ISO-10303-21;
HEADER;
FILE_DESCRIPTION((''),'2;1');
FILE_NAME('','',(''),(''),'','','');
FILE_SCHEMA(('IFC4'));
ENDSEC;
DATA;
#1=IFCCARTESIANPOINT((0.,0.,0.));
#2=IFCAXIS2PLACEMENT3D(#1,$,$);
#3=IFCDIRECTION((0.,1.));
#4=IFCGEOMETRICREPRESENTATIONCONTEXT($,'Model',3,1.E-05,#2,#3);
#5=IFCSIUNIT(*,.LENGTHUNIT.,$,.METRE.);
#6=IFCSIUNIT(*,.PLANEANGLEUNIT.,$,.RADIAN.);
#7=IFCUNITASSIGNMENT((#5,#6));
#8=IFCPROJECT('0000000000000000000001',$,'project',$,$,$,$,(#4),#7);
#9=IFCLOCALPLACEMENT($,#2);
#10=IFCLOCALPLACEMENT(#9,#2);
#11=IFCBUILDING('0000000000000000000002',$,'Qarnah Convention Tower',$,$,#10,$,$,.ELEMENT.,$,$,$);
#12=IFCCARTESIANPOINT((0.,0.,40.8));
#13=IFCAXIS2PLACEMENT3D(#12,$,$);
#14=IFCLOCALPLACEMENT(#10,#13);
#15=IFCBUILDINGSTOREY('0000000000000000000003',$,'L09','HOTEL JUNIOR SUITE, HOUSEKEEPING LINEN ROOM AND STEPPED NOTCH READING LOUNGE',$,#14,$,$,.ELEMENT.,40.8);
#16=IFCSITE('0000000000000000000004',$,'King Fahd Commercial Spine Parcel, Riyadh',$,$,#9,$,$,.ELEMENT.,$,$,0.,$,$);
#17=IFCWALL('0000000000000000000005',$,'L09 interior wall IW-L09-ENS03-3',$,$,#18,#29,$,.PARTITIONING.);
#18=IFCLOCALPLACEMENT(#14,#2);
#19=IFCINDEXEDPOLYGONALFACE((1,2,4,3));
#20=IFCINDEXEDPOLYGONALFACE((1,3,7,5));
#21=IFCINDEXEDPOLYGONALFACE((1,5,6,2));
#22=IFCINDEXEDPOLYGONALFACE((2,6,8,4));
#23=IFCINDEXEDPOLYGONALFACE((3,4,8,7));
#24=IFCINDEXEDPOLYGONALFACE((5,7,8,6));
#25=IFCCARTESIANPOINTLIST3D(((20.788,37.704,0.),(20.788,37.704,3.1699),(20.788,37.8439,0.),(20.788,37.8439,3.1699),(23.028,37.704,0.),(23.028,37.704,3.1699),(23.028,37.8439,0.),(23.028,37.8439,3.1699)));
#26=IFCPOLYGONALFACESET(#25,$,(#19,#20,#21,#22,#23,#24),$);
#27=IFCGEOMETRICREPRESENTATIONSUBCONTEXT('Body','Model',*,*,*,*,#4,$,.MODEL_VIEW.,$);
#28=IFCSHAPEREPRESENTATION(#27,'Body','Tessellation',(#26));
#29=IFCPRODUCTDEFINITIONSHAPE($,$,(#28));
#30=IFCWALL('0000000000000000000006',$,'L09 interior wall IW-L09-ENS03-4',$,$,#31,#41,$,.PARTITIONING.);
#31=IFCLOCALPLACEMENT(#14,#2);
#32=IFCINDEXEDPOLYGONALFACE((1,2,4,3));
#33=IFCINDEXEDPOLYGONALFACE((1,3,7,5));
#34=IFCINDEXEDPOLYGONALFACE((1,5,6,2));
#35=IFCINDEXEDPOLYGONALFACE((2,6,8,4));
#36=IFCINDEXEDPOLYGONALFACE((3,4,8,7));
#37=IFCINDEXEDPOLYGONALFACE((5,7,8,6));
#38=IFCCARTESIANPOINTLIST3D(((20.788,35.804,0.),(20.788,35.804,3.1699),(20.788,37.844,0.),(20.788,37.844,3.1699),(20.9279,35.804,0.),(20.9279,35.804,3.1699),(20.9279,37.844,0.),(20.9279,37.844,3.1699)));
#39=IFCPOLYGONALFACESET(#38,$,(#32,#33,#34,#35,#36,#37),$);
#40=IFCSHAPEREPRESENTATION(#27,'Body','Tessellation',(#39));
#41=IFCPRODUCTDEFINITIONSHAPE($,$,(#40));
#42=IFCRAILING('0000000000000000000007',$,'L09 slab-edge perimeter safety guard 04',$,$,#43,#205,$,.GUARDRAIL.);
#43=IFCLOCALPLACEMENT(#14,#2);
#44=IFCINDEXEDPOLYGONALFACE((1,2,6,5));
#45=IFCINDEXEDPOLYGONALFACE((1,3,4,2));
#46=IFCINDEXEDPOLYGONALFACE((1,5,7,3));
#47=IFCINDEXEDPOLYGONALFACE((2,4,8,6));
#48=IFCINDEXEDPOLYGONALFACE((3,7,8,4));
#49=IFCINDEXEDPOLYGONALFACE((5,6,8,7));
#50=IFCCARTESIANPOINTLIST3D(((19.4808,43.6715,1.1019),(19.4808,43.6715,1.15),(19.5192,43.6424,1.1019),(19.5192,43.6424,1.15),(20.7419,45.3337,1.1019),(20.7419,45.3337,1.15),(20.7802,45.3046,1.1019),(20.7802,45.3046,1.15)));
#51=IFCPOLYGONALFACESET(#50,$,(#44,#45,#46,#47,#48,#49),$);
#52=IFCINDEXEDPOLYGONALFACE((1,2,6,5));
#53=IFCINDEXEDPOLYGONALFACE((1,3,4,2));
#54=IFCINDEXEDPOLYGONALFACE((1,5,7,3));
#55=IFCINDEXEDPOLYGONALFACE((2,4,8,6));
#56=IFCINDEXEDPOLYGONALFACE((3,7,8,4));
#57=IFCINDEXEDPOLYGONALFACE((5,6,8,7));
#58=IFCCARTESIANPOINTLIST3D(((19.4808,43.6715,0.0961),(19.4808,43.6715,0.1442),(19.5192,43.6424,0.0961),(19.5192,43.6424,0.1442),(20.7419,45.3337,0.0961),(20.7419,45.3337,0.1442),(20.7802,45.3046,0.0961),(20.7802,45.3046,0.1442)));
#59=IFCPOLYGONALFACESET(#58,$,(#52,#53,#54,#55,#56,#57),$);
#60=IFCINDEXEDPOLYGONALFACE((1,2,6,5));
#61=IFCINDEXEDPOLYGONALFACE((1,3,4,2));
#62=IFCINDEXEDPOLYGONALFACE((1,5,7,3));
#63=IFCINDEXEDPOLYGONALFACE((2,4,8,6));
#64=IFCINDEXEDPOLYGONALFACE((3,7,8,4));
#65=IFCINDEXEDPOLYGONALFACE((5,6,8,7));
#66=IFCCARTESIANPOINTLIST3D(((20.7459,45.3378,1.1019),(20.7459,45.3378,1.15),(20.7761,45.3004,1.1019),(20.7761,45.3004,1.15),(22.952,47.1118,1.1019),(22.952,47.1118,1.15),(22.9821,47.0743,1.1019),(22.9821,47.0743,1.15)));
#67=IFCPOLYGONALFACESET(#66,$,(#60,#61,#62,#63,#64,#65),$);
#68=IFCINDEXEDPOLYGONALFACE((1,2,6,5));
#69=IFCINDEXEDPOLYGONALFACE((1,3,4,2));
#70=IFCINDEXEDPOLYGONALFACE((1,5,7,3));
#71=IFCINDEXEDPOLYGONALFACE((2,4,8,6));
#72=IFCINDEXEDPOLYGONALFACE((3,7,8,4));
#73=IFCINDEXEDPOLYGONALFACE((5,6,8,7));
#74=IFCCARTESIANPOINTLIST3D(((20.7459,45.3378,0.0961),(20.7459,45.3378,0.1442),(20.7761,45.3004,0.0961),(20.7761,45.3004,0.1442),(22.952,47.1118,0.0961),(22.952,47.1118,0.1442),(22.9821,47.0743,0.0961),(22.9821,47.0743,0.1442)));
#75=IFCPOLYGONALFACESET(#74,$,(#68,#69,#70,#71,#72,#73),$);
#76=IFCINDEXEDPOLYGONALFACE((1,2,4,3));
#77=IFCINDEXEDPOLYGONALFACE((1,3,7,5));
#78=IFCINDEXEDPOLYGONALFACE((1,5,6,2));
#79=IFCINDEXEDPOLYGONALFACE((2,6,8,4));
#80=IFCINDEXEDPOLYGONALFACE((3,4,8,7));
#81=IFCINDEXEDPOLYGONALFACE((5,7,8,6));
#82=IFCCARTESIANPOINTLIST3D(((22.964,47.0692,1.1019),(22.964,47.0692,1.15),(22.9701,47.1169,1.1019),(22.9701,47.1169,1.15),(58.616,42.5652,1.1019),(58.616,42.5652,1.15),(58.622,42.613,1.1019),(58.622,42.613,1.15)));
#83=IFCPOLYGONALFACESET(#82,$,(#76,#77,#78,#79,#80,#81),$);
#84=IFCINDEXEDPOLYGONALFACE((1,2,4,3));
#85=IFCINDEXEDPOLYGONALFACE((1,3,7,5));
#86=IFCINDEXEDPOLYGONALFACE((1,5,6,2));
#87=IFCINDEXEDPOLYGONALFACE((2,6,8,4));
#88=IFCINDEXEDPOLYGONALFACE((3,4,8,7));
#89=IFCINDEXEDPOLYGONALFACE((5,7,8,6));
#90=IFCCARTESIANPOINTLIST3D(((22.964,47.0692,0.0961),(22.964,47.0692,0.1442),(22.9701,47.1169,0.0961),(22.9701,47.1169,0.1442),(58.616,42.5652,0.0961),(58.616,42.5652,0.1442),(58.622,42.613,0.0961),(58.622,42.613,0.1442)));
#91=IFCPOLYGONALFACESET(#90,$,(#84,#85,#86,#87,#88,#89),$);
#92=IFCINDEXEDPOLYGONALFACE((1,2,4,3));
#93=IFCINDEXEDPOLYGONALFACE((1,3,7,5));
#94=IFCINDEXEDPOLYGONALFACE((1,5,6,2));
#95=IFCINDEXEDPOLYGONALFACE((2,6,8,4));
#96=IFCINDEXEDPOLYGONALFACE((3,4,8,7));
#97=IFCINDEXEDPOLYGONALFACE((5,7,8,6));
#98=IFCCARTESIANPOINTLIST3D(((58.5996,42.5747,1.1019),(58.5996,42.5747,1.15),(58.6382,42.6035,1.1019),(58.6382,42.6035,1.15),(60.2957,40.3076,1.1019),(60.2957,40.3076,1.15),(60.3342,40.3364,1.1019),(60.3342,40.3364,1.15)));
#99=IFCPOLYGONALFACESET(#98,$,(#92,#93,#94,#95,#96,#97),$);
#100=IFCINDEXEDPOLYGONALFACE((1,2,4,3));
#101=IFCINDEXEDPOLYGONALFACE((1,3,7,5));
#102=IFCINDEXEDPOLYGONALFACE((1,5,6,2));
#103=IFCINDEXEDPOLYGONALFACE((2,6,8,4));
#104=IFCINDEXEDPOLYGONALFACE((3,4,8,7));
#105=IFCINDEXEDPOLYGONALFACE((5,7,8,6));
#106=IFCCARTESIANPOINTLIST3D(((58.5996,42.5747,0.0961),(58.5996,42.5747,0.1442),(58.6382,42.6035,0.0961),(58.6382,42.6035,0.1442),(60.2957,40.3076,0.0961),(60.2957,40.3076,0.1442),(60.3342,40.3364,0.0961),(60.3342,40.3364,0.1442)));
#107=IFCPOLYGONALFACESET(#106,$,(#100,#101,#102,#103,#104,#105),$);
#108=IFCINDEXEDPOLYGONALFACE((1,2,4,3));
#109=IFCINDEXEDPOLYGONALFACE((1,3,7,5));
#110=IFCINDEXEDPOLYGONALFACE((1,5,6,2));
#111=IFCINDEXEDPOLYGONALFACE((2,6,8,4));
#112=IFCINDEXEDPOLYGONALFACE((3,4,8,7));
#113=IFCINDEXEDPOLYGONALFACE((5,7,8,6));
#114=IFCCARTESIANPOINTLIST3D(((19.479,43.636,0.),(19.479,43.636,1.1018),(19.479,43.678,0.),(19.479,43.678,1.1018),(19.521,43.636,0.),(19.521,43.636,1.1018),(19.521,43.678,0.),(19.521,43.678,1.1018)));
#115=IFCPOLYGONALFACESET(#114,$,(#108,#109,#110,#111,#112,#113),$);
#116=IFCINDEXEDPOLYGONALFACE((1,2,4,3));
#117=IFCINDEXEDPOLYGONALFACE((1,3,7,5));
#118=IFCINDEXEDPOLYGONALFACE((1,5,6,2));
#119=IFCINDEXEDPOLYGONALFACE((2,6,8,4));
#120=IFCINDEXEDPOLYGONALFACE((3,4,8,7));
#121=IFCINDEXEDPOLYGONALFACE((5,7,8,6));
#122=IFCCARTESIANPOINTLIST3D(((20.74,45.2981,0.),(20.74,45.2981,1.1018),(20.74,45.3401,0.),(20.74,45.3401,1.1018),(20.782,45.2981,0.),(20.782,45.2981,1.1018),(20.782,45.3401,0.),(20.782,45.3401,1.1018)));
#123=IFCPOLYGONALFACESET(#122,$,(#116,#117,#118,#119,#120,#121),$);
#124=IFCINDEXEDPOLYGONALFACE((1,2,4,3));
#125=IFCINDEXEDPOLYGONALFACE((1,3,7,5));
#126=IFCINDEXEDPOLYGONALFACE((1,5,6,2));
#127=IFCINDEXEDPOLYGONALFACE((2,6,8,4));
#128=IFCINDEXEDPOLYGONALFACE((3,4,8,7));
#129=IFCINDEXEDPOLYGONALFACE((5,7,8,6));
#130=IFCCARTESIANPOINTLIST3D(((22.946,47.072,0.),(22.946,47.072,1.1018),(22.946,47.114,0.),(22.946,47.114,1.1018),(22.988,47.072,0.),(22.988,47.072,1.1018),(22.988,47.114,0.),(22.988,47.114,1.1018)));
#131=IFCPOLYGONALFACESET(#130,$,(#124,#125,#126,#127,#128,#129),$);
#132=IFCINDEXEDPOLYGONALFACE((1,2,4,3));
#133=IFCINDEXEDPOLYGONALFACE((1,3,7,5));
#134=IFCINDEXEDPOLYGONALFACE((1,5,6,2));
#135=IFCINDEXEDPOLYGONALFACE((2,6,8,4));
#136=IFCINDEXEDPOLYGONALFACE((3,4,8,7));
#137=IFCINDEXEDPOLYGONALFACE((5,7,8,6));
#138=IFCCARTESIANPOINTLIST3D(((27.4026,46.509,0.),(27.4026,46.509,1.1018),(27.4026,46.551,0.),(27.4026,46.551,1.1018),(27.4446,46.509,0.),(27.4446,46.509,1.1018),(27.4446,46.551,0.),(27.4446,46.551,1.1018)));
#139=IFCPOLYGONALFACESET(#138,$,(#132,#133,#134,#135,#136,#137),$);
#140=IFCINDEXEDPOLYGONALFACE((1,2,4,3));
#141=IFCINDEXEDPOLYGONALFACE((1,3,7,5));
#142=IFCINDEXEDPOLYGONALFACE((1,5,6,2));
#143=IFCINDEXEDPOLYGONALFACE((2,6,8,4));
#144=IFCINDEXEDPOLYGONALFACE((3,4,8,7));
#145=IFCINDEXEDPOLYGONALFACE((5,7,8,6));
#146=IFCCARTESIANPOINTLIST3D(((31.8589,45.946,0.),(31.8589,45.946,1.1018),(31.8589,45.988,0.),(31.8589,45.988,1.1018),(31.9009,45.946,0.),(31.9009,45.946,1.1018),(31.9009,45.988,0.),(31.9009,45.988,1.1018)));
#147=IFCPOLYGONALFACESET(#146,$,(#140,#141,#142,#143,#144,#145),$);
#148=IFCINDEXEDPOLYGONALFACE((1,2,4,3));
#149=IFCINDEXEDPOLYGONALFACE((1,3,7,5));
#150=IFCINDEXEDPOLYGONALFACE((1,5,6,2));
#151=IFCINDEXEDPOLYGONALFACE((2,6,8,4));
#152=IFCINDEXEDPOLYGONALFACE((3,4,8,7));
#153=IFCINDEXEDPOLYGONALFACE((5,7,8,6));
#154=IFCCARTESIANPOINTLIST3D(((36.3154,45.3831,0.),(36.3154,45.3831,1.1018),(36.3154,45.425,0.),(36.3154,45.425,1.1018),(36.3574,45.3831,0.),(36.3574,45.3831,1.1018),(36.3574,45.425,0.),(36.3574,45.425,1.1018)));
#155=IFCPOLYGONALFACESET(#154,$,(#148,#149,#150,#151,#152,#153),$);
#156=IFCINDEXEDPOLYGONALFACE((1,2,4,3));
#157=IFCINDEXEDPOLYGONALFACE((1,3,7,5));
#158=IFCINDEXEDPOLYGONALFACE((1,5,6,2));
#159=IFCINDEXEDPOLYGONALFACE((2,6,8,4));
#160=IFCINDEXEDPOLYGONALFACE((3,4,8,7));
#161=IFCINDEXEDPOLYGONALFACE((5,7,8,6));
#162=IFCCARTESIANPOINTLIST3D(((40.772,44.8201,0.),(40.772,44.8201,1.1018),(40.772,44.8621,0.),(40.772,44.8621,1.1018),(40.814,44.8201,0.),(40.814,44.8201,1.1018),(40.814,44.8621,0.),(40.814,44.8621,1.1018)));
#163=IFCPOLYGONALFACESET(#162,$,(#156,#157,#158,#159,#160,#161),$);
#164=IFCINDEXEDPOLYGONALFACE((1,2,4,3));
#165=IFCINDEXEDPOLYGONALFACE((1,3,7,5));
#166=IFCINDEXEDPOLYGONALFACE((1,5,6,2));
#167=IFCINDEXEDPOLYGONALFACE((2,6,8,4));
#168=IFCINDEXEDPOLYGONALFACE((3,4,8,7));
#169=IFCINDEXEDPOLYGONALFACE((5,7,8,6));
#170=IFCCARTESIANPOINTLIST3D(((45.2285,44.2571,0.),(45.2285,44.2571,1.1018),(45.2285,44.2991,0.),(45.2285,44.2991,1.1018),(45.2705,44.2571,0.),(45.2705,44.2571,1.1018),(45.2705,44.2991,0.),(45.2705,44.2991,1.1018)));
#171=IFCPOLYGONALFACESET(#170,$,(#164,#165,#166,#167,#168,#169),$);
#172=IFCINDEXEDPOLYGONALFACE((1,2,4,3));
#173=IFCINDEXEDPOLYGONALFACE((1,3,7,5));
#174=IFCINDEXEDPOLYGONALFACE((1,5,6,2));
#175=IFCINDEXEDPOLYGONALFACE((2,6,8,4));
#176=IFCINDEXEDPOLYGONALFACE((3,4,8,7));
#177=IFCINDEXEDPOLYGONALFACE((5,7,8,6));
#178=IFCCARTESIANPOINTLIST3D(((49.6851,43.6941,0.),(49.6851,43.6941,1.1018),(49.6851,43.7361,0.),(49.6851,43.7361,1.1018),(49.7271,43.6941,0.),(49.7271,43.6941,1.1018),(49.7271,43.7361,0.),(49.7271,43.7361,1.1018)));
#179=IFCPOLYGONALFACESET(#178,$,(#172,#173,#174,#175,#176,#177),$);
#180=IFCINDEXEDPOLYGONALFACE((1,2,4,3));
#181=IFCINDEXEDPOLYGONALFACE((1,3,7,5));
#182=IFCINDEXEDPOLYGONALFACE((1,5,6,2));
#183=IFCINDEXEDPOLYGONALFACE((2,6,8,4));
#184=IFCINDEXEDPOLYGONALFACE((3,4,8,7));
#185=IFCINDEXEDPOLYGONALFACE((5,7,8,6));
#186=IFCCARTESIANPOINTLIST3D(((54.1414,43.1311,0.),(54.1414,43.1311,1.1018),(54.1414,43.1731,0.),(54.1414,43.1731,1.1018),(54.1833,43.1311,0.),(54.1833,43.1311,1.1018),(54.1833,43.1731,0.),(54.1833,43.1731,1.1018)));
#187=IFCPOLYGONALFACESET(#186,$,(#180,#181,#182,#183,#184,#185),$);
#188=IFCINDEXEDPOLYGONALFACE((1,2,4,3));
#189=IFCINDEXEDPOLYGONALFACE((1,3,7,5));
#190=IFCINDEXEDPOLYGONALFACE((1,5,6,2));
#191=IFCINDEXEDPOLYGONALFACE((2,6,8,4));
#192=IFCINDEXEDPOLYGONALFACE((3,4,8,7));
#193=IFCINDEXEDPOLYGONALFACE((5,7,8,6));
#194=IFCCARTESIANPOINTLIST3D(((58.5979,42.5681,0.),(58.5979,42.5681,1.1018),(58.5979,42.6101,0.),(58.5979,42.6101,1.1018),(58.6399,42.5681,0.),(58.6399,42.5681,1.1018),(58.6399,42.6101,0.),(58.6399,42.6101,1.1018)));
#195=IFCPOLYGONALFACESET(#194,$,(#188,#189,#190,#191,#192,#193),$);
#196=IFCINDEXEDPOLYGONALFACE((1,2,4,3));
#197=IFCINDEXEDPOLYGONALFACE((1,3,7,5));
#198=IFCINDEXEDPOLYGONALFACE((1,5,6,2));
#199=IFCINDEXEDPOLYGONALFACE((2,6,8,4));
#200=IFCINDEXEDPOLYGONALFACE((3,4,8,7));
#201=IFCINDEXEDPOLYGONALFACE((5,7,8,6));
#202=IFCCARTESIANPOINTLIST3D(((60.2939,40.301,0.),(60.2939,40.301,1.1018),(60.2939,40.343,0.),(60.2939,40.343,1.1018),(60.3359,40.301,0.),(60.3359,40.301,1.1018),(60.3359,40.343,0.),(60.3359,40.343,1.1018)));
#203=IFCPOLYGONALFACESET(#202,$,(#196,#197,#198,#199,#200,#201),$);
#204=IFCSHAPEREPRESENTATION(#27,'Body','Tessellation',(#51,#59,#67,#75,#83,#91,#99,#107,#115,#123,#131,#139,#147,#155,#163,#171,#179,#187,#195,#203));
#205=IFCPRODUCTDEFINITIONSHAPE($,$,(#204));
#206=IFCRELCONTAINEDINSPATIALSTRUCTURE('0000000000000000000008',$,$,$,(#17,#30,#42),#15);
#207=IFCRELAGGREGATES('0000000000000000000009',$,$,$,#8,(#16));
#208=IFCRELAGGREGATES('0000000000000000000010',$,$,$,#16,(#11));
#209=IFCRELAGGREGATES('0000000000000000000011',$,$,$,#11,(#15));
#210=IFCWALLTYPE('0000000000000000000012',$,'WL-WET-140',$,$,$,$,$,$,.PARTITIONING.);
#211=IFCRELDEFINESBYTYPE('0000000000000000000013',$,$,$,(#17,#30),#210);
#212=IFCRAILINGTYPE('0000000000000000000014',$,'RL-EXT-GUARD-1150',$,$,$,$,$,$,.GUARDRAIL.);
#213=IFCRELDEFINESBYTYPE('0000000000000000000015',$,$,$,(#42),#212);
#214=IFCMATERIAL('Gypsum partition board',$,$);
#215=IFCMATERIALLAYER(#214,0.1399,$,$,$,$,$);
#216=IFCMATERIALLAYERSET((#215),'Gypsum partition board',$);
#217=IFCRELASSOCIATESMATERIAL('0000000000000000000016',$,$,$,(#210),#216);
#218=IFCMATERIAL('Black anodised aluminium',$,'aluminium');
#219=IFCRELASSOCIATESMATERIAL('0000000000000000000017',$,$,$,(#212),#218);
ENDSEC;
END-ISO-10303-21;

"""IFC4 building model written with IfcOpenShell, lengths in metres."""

from ifc_helpers import new_model, si_unit, direction, frame, frame_2d, origin, origin_2d, place, context, subcontext, project, spatial, rectangle, extrude, material, layer, layer_set, type_object, element, save


model = new_model("IFC4")

# Units and contexts
model_context = context("Model", 3, precision=1e-05, world=origin(), true_north=direction((0.0, 1.0)))
body_context = subcontext(model_context, "Body", "Model", "MODEL_VIEW")
ifc_project = project(units=[si_unit("LENGTHUNIT", "METRE"), si_unit("PLANEANGLEUNIT", "RADIAN")], contexts=[model_context])

# Site, building, storey
site_placement = place(None, origin())
site = spatial("IfcSite", under=ifc_project, at=site_placement, Name="King Fahd Commercial Spine Parcel, Riyadh", CompositionType="ELEMENT", RefElevation=0.0)
building_placement = place(site_placement, origin())
building = spatial("IfcBuilding", under=site, at=building_placement, Name="Qarnah Convention Tower", CompositionType="ELEMENT")
storey_placement = place(building_placement, frame((0.0, 0.0, 40.8)))
storey = spatial("IfcBuildingStorey", under=building, at=storey_placement, Name="L09", Description="HOTEL JUNIOR SUITE, HOUSEKEEPING LINEN ROOM AND STEPPED NOTCH READING LOUNGE", CompositionType="ELEMENT", Elevation=40.8)

# Shared definitions
ifc_material_1 = material(Name="Black anodised aluminium", Category="aluminium")

# Shared definitions
ifc_material_2 = material(Name="Gypsum partition board")

# Shared definitions
ifc_layer_1 = layer(ifc_material_2, 0.1399)
ifc_layer_set_1 = layer_set([ifc_layer_1], Name="Gypsum partition board")
wall_type_1 = type_object("IfcWallType", Name="WL-WET-140", PredefinedType="PARTITIONING", material=ifc_layer_set_1)

# Walls
wall_1_placement = place(storey_placement, frame((23.0281, 37.7739, 0.0), z_axis=(0.0, 0.0, 1.0), x_axis=(-1.0, 0.0, 0.0)))
element("IfcWall", 1, at=wall_1_placement, inside=storey, type_object=wall_type_1, Name="L09 interior wall IW-L09-ENS03-3", PredefinedType="PARTITIONING", context=body_context, shape_type="SweptSolid", body=[
    extrude(rectangle(XDim=2.24, YDim=0.1399, at=frame_2d((1.1201, 0.0))), origin(), (0.0, 0.0, 1.0), 3.1699),
])
wall_2_placement = place(storey_placement, frame((20.8579, 37.844, 0.0), z_axis=(0.0, 0.0, 1.0), x_axis=(0.0, -1.0, 0.0)))
element("IfcWall", 2, at=wall_2_placement, inside=storey, type_object=wall_type_1, Name="L09 interior wall IW-L09-ENS03-4", PredefinedType="PARTITIONING", context=body_context, shape_type="SweptSolid", body=[
    extrude(rectangle(XDim=2.04, YDim=0.1399, at=frame_2d((1.02, 0.0))), origin(), (0.0, 0.0, 1.0), 3.1699),
])

# Railing
railing_type = type_object("IfcRailingType", Name="RL-EXT-GUARD-1150", PredefinedType="GUARDRAIL", material=ifc_material_1)
railing_1_placement = place(storey_placement, frame((19.5, 43.657, 0.0)))
element("IfcRailing", 3, at=railing_1_placement, inside=storey, type_object=railing_type, Name="L09 slab-edge perimeter safety guard 04", PredefinedType="GUARDRAIL", context=body_context, shape_type="SweptSolid", body=[
    extrude(rectangle(XDim=0.0481, YDim=0.0481, at=origin_2d()), frame((0.0, 0.0, 1.126), z_axis=(0.60441, 0.796674, 0.0), x_axis=(-0.796674, 0.60441, 0.0)), (0.0, 0.0, 1.0), 2.0864),
    extrude(rectangle(XDim=0.0481, YDim=0.0481, at=origin_2d()), frame((0.0, 0.0, 0.1201), z_axis=(0.60441, 0.796674, 0.0), x_axis=(-0.796674, 0.60441, 0.0)), (0.0, 0.0, 1.0), 2.0864),
    extrude(rectangle(XDim=0.0481, YDim=0.0481, at=origin_2d()), frame((1.261, 1.6621, 1.126), z_axis=(0.779301, 0.626649, 0.0), x_axis=(-0.626649, 0.779301, 0.0)), (0.0, 0.0, 1.0), 2.8308),
    extrude(rectangle(XDim=0.0481, YDim=0.0481, at=origin_2d()), frame((1.261, 1.6621, 0.1201), z_axis=(0.779301, 0.626649, 0.0), x_axis=(-0.626649, 0.779301, 0.0)), (0.0, 0.0, 1.0), 2.8308),
    extrude(rectangle(XDim=0.0481, YDim=0.0481, at=origin_2d()), frame((3.467, 3.436, 1.126), z_axis=(0.992115, -0.125334, 0.0), x_axis=(0.125334, 0.992115, 0.0)), (0.0, 0.0, 1.0), 35.9353),
    extrude(rectangle(XDim=0.0481, YDim=0.0481, at=origin_2d()), frame((3.467, 3.436, 0.1201), z_axis=(0.992115, -0.125334, 0.0), x_axis=(0.125334, 0.992115, 0.0)), (0.0, 0.0, 1.0), 35.9353),
    extrude(rectangle(XDim=0.0481, YDim=0.0481, at=origin_2d()), frame((39.1189, -1.0679, 1.126), z_axis=(0.599034, -0.800724, 0.0), x_axis=(0.800724, 0.599034, 0.0)), (0.0, 0.0, 1.0), 2.8313),
    extrude(rectangle(XDim=0.0481, YDim=0.0481, at=origin_2d()), frame((39.1189, -1.0679, 0.1201), z_axis=(0.599034, -0.800724, 0.0), x_axis=(0.800724, 0.599034, 0.0)), (0.0, 0.0, 1.0), 2.8313),
    extrude(rectangle(XDim=0.042, YDim=0.042, at=origin_2d()), origin(), (0.0, 0.0, 1.0), 1.1018),
    extrude(rectangle(XDim=0.042, YDim=0.042, at=origin_2d()), frame((1.261, 1.6621, 0.0)), (0.0, 0.0, 1.0), 1.1018),
    extrude(rectangle(XDim=0.042, YDim=0.042, at=origin_2d()), frame((3.467, 3.436, 0.0)), (0.0, 0.0, 1.0), 1.1018),
    extrude(rectangle(XDim=0.042, YDim=0.042, at=origin_2d()), frame((7.9236, 2.873, 0.0)), (0.0, 0.0, 1.0), 1.1018),
    extrude(rectangle(XDim=0.042, YDim=0.042, at=origin_2d()), frame((12.3799, 2.3101, 0.0)), (0.0, 0.0, 1.0), 1.1018),
    extrude(rectangle(XDim=0.042, YDim=0.042, at=origin_2d()), frame((16.8364, 1.7471, 0.0)), (0.0, 0.0, 1.0), 1.1018),
    extrude(rectangle(XDim=0.042, YDim=0.042, at=origin_2d()), frame((21.293, 1.1841, 0.0)), (0.0, 0.0, 1.0), 1.1018),
    extrude(rectangle(XDim=0.042, YDim=0.042, at=origin_2d()), frame((25.7495, 0.6211, 0.0)), (0.0, 0.0, 1.0), 1.1018),
    extrude(rectangle(XDim=0.042, YDim=0.042, at=origin_2d()), frame((30.2061, 0.0581, 0.0)), (0.0, 0.0, 1.0), 1.1018),
    extrude(rectangle(XDim=0.042, YDim=0.042, at=origin_2d()), frame((34.6624, -0.5049, 0.0)), (0.0, 0.0, 1.0), 1.1018),
    extrude(rectangle(XDim=0.042, YDim=0.042, at=origin_2d()), frame((39.1189, -1.0679, 0.0)), (0.0, 0.0, 1.0), 1.1018),
    extrude(rectangle(XDim=0.042, YDim=0.042, at=origin_2d()), frame((40.8149, -3.335, 0.0)), (0.0, 0.0, 1.0), 1.1018),
])

save(model, "model.ifc")
